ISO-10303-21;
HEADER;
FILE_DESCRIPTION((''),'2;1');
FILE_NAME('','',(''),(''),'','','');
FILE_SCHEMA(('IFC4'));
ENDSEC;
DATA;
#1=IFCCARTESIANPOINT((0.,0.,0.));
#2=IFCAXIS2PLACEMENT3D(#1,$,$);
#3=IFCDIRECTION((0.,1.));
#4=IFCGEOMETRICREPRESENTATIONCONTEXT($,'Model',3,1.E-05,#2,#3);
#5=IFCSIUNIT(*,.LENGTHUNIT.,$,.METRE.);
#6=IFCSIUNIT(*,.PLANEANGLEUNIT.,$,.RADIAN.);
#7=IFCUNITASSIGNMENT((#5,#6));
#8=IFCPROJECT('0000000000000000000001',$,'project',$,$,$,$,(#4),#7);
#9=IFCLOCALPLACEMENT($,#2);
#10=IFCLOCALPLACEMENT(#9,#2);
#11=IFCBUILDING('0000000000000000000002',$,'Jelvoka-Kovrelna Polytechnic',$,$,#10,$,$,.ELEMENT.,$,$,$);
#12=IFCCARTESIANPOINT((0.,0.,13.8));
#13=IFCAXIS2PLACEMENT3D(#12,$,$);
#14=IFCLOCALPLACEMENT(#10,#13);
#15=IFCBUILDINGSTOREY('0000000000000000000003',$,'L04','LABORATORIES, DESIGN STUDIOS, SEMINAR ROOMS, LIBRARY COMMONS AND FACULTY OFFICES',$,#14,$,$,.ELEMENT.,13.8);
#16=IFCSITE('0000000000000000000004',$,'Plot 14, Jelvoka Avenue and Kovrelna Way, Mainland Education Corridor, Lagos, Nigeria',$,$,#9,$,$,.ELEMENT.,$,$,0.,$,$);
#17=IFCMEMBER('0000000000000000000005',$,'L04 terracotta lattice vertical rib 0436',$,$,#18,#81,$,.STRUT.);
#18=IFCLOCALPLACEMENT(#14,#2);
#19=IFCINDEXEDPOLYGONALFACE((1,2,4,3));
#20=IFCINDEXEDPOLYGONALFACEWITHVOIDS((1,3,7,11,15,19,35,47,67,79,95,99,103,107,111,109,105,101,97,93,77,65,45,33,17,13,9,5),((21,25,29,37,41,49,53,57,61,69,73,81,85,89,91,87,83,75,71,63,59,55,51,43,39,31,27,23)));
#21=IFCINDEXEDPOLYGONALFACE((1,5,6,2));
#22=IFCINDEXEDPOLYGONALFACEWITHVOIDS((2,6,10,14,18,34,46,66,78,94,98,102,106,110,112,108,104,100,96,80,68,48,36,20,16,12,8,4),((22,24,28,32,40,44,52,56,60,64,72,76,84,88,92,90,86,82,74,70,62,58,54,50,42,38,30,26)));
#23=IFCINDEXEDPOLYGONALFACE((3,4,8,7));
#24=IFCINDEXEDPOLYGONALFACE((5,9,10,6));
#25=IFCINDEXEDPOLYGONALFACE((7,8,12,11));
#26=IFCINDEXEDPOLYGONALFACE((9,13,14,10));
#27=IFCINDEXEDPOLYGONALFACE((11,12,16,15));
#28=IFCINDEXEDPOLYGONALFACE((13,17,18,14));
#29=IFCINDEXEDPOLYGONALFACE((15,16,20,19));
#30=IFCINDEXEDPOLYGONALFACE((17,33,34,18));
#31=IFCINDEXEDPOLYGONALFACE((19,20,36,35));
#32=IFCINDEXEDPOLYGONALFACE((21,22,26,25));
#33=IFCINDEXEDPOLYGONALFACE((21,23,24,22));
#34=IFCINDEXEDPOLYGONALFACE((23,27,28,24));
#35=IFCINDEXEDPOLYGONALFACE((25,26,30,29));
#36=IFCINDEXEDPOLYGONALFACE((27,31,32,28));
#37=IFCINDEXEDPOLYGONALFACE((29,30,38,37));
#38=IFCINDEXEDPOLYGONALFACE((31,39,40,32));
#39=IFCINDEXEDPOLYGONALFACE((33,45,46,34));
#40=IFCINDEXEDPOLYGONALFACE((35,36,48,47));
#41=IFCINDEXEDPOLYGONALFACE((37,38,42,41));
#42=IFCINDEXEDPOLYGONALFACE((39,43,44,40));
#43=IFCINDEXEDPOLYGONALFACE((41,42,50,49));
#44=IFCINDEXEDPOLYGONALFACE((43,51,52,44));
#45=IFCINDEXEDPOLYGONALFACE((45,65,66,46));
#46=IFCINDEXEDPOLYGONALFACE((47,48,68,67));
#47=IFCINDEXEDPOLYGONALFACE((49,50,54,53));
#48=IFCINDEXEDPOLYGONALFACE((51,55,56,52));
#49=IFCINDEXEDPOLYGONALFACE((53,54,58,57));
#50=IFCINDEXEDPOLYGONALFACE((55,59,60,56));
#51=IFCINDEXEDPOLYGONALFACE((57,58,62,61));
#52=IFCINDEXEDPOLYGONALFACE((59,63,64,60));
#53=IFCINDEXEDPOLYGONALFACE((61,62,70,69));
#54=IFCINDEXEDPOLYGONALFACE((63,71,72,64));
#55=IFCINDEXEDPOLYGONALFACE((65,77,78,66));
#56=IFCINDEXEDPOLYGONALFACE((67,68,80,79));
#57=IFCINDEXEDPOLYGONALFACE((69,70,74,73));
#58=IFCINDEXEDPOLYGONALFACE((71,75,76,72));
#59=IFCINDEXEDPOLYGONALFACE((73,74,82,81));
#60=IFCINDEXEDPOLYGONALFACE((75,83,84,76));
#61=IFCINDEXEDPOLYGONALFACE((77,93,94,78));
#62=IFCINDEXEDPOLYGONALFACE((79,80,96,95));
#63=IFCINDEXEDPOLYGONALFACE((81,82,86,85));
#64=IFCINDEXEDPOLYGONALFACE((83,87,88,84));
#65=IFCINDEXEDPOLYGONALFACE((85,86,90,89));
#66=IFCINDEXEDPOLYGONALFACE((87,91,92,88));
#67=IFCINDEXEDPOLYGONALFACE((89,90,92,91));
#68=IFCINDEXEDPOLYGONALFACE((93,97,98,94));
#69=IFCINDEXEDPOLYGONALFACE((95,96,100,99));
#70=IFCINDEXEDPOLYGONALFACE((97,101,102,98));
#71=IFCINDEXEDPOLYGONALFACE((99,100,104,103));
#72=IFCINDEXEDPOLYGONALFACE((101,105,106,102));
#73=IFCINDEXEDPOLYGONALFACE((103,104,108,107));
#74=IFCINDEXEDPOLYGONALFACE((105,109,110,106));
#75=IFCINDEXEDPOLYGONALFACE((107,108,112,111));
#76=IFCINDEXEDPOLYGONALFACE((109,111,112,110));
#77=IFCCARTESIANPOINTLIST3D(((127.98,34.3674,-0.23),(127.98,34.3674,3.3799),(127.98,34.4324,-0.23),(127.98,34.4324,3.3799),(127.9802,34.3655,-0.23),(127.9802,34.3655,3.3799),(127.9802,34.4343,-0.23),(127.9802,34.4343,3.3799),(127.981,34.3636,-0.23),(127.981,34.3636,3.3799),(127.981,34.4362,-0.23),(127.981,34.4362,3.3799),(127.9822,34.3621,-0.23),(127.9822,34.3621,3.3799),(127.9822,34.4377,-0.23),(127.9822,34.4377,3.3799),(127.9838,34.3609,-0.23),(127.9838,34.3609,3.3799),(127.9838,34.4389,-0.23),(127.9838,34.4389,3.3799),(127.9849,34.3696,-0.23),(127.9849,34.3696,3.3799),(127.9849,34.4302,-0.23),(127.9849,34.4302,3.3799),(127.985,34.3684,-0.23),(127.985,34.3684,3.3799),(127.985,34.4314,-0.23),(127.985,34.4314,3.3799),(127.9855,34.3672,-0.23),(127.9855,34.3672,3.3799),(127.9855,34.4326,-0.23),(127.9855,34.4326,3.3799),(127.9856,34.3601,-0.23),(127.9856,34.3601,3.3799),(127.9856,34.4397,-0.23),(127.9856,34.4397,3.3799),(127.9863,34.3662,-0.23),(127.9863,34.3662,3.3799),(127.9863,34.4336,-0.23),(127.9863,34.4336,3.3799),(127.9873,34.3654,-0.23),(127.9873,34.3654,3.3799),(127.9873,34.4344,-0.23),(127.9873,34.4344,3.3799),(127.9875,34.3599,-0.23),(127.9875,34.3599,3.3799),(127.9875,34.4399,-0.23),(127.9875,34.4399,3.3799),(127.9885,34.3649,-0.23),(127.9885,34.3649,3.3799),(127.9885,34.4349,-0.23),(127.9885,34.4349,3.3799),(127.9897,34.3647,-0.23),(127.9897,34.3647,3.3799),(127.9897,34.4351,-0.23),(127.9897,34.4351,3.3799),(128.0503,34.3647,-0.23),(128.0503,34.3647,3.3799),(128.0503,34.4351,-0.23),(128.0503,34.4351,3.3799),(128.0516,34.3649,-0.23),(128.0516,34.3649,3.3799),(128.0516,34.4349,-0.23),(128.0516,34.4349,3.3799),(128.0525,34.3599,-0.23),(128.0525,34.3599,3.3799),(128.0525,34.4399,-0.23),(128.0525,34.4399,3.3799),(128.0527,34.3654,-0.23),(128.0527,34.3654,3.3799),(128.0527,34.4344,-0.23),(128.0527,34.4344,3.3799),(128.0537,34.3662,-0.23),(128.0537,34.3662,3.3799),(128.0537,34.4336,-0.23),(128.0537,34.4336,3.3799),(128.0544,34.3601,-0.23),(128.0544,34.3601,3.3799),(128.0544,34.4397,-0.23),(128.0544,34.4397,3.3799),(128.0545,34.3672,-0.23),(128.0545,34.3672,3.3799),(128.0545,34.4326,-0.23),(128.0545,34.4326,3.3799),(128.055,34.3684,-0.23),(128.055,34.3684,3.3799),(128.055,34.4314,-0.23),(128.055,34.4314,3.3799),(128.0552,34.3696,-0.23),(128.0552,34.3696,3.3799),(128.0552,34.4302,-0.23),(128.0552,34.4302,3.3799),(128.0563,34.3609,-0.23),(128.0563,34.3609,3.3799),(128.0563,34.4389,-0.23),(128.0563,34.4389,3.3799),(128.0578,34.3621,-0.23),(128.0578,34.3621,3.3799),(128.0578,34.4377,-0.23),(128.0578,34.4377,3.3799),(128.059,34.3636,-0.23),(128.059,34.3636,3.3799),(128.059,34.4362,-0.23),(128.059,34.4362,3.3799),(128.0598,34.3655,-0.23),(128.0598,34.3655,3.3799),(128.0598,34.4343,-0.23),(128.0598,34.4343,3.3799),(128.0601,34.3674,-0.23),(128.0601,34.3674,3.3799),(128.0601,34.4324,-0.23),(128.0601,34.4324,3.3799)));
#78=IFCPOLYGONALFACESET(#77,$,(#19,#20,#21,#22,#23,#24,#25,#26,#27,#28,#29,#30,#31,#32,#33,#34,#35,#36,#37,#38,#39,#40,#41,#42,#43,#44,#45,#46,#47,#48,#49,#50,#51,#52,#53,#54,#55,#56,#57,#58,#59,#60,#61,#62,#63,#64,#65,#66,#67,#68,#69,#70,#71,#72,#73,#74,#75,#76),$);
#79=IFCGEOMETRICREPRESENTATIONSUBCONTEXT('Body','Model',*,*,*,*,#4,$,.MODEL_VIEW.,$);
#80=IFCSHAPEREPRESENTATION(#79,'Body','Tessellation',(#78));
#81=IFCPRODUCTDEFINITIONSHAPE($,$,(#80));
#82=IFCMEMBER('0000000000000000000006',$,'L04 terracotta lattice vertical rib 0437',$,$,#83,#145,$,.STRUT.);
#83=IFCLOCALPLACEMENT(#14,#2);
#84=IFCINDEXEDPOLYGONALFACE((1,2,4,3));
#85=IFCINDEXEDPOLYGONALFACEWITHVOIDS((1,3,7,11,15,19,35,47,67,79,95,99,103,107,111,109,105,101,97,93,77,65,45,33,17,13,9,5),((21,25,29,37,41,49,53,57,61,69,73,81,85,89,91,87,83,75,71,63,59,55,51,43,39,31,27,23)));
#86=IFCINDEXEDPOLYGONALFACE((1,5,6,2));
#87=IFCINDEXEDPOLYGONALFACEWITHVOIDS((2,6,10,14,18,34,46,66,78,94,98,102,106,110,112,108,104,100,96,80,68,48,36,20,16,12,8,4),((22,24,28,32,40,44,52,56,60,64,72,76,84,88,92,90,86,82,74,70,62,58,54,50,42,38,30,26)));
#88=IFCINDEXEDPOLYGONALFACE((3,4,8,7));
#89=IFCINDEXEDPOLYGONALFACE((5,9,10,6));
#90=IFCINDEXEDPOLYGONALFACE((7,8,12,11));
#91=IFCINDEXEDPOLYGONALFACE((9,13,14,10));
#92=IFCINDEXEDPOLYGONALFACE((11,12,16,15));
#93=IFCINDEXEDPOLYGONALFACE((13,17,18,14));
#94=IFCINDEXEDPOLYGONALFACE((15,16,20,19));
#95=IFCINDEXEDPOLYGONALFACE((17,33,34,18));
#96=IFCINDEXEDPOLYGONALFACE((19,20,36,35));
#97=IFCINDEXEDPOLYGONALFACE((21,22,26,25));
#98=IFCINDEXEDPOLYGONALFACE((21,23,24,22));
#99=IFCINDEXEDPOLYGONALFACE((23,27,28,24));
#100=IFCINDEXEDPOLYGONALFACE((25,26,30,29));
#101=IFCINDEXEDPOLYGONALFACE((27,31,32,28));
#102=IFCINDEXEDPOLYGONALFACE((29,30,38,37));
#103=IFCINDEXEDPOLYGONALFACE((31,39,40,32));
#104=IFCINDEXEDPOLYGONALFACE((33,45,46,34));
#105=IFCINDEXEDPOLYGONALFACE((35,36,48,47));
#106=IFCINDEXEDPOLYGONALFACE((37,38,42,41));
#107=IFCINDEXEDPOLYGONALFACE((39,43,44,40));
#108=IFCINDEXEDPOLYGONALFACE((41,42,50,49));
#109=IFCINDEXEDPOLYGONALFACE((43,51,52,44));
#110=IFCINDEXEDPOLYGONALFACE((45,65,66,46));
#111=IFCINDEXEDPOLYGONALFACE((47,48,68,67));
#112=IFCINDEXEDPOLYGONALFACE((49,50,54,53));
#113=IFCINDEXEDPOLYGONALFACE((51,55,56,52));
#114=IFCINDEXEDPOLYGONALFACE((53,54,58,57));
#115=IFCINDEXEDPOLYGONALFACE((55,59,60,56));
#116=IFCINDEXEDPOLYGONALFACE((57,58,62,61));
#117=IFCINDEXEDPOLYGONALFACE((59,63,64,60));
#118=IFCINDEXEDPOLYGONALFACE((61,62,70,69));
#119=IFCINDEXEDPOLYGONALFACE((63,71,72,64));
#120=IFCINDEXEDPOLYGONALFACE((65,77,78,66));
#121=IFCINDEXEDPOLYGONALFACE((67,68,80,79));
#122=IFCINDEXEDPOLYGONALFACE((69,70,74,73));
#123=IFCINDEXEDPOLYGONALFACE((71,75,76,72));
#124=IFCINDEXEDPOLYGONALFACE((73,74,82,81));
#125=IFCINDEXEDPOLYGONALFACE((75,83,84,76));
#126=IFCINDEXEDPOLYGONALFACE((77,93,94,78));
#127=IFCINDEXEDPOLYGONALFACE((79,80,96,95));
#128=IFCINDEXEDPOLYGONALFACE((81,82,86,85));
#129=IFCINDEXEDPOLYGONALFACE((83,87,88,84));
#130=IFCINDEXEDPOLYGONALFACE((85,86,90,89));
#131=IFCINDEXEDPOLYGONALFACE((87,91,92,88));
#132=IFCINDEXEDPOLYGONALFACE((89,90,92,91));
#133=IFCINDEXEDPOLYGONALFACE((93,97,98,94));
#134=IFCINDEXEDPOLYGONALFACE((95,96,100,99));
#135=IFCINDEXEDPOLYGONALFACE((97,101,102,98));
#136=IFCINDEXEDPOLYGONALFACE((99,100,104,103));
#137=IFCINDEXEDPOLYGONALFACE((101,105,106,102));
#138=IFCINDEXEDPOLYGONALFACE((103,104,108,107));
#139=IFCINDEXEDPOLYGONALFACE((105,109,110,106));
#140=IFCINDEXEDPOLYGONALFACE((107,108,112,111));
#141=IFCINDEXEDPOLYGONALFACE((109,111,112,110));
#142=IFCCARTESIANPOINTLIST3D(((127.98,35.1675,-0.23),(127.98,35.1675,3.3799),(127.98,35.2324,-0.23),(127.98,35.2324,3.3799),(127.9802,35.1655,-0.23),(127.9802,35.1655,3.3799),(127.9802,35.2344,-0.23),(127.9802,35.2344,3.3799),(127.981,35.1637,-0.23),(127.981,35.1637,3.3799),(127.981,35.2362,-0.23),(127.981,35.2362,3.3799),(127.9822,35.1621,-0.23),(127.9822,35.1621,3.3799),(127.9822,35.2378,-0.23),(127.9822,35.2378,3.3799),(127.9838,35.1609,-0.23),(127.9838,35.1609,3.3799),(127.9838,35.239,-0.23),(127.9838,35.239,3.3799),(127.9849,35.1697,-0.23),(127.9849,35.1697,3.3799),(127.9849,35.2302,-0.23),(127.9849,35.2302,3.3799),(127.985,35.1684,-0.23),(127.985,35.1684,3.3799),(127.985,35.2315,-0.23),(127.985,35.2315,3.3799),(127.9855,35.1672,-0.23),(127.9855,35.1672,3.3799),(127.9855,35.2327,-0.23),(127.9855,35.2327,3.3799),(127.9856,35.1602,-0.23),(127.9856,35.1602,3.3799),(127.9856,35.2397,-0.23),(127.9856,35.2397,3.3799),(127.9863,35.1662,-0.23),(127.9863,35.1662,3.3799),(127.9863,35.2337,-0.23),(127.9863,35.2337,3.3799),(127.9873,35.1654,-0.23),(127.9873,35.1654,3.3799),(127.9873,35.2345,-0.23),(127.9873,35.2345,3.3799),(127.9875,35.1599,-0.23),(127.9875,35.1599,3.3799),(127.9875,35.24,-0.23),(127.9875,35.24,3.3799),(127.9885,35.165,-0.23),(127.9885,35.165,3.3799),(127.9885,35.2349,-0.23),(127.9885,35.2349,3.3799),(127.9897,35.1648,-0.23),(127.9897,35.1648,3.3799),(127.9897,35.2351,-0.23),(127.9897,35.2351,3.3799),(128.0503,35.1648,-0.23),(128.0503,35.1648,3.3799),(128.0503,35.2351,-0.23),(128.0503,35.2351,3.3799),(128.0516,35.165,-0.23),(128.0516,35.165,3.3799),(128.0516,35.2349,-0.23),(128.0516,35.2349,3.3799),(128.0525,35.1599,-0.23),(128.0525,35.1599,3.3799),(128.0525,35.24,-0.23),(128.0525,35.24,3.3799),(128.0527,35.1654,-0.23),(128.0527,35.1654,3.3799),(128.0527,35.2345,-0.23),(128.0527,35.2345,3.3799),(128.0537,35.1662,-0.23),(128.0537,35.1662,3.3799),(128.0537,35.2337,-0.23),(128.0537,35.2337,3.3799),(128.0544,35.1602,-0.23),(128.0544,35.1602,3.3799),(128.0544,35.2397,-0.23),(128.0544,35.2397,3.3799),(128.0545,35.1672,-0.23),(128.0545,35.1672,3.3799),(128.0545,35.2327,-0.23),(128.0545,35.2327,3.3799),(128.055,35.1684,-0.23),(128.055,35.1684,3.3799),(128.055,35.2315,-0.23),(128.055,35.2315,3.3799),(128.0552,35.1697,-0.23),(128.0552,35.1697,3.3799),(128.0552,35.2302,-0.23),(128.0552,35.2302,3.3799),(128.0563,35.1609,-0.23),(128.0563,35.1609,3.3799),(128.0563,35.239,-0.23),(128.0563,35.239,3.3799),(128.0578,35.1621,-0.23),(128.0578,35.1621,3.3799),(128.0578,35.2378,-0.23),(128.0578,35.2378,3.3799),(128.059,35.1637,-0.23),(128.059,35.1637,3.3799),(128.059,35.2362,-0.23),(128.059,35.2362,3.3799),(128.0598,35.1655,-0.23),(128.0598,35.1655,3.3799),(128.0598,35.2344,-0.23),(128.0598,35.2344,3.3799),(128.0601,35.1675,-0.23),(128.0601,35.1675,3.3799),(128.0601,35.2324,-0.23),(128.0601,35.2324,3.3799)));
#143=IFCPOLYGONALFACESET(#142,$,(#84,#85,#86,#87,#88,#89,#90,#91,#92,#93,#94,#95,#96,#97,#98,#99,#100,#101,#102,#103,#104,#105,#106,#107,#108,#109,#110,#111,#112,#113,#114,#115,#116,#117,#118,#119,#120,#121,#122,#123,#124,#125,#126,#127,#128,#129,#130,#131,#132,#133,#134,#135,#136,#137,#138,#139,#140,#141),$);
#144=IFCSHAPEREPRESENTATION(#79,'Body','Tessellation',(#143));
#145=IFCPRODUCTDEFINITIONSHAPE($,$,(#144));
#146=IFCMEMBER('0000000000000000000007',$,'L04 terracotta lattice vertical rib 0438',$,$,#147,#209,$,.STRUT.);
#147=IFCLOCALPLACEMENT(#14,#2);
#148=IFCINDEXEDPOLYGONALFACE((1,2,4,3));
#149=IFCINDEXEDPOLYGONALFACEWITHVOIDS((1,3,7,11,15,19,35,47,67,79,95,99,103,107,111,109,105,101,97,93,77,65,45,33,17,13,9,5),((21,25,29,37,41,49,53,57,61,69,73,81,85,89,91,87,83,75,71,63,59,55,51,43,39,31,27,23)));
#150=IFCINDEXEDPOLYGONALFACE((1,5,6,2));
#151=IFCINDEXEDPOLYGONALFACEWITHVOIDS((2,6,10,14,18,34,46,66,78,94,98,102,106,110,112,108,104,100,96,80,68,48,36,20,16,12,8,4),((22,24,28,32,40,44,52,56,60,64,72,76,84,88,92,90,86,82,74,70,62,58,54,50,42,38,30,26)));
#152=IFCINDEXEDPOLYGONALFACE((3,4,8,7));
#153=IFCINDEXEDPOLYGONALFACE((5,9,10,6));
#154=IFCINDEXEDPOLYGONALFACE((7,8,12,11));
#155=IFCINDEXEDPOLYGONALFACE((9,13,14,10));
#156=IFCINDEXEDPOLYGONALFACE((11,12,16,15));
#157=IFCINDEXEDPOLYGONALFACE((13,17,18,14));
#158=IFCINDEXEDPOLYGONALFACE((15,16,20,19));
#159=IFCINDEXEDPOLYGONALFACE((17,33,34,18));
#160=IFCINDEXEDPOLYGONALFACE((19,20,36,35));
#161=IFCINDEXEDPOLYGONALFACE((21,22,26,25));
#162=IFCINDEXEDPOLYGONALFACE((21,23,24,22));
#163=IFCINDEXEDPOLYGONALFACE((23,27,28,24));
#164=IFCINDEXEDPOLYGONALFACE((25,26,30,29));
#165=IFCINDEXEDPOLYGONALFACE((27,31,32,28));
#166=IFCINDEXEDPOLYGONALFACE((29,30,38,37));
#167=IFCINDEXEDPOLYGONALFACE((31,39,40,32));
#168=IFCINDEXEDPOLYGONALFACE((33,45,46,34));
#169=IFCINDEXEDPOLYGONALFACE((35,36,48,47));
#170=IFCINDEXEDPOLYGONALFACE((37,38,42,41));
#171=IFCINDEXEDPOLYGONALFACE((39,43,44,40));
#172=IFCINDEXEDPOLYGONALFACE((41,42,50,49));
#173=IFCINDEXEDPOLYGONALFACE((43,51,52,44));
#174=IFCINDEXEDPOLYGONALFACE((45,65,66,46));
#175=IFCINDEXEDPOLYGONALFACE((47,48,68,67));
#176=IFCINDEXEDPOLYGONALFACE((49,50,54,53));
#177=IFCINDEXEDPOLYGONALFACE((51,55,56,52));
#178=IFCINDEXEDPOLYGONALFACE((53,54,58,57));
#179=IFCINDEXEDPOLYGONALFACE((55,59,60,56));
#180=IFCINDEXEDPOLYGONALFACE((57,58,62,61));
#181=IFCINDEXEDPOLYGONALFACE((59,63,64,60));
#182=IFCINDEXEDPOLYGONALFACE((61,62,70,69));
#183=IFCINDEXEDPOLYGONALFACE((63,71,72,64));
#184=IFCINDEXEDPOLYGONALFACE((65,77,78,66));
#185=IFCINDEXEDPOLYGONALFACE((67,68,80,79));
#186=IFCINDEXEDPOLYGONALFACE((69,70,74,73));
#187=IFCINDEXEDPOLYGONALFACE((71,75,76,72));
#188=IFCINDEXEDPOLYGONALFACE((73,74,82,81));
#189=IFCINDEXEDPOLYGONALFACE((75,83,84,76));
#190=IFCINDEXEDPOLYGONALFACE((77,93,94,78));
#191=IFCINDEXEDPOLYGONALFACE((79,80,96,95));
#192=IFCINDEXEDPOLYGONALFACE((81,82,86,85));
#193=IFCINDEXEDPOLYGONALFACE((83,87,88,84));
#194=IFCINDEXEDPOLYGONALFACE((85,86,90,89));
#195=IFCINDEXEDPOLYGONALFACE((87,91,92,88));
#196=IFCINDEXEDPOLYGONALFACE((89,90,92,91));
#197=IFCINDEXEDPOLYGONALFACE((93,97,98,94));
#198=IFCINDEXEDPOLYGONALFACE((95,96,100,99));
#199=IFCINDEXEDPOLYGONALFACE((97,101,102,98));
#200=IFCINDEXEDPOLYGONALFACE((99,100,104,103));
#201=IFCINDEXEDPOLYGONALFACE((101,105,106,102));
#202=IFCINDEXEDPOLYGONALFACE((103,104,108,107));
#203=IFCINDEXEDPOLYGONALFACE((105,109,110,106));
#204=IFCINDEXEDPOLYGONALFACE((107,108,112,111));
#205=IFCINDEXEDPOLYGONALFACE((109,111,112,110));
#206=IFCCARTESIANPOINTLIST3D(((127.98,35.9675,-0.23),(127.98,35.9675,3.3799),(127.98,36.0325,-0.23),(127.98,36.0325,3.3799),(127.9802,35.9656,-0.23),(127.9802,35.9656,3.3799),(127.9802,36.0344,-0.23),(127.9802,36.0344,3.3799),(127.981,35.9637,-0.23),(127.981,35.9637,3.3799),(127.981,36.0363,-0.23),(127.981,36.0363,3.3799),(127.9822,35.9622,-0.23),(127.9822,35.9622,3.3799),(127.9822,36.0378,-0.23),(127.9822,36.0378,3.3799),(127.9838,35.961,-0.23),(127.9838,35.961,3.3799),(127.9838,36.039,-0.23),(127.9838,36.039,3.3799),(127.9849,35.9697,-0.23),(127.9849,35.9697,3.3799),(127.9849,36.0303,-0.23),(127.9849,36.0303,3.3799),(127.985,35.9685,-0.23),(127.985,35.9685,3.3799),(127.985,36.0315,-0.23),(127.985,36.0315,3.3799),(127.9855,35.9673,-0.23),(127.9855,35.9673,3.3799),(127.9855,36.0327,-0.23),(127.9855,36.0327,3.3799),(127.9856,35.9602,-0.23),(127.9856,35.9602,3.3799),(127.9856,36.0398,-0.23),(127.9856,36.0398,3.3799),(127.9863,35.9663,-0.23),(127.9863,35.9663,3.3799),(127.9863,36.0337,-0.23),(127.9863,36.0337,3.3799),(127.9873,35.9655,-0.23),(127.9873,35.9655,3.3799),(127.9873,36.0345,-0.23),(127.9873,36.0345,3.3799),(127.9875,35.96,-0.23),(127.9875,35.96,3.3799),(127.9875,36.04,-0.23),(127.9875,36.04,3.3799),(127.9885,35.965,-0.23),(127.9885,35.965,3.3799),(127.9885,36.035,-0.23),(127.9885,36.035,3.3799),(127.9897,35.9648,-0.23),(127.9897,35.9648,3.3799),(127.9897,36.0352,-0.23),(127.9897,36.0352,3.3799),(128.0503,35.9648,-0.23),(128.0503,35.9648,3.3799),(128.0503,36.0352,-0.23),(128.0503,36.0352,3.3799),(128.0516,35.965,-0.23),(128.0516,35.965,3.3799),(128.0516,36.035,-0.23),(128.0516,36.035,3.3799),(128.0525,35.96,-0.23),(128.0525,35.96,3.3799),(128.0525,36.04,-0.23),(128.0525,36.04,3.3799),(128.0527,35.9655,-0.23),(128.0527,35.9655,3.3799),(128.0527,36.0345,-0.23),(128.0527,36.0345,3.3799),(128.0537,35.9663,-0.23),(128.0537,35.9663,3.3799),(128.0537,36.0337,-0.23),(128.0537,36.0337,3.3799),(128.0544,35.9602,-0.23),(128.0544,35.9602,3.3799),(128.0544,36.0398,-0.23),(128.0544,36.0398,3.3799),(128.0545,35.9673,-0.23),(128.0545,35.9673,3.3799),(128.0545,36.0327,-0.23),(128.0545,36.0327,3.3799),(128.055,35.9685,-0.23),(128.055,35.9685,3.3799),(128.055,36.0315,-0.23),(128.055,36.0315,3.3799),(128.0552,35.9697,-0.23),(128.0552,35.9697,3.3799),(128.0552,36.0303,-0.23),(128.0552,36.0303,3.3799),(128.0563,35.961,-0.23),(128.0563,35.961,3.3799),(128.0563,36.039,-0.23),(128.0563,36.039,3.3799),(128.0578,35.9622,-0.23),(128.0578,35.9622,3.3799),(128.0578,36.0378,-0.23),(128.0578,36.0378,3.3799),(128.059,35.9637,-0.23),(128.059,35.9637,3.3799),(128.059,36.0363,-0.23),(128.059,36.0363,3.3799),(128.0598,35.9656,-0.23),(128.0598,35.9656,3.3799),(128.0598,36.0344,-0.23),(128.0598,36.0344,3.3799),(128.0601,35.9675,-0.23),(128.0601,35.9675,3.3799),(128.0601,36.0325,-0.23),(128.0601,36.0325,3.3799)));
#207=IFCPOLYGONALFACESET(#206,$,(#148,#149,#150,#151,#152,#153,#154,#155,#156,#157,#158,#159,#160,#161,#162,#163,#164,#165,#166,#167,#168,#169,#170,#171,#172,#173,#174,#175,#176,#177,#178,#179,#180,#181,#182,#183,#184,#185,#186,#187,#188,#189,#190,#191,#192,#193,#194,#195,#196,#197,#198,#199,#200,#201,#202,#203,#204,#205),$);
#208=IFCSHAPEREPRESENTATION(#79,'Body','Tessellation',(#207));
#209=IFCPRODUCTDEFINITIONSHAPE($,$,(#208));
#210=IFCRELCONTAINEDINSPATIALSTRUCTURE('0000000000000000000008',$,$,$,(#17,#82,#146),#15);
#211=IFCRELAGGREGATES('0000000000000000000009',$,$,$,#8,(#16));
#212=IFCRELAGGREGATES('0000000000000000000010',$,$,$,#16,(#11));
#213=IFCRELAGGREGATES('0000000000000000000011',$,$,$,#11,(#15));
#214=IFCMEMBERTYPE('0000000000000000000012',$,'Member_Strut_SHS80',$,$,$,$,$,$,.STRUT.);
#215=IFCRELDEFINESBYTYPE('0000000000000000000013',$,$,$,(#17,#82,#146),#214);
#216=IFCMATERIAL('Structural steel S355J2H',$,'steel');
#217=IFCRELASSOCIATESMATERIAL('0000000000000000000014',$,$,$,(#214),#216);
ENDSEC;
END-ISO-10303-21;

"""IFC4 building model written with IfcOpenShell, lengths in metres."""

from ifc_helpers import new_model, si_unit, direction, frame, origin, origin_2d, place, context, subcontext, project, spatial, hollow_rectangle, extrude, material, material_profile, profile_set, type_object, element, save


model = new_model("IFC4")

# Units and contexts
model_context = context("Model", 3, precision=1e-05, world=origin(), true_north=direction((0.0, 1.0)))
body_context = subcontext(model_context, "Body", "Model", "MODEL_VIEW")
ifc_project = project(units=[si_unit("LENGTHUNIT", "METRE"), si_unit("PLANEANGLEUNIT", "RADIAN")], contexts=[model_context])

# Site, building, storey
site_placement = place(None, origin())
site = spatial("IfcSite", under=ifc_project, at=site_placement, Name="Plot 14, Jelvoka Avenue and Kovrelna Way, Mainland Education Corridor, Lagos, Nigeria", CompositionType="ELEMENT", RefElevation=0.0)
building_placement = place(site_placement, origin())
building = spatial("IfcBuilding", under=site, at=building_placement, Name="Jelvoka-Kovrelna Polytechnic", CompositionType="ELEMENT")
storey_placement = place(building_placement, frame((0.0, 0.0, 13.8)))
storey = spatial("IfcBuildingStorey", under=building, at=storey_placement, Name="L04", Description="LABORATORIES, DESIGN STUDIOS, SEMINAR ROOMS, LIBRARY COMMONS AND FACULTY OFFICES", CompositionType="ELEMENT", Elevation=13.8)

# Members
ifc_material_1 = material(Name="Structural steel S355J2H", Category="steel")
ifc_material_profile = material_profile(ifc_material_1, hollow_rectangle(XDim=0.0801, YDim=0.0801, WallThickness=0.0049, InnerFilletRadius=0.0049, OuterFilletRadius=0.0076, at=origin_2d()), Name="80x80x5.0 SHS")
ifc_profile_set = profile_set([ifc_material_profile], Name="Structural steel S355J2H")
member_type = type_object("IfcMemberType", Name="Member_Strut_SHS80", PredefinedType="STRUT", material=ifc_profile_set)
for number, where, z_axis, x_axis, name in (
    (1, (128.02, 34.3999, -0.23), (0.0, 0.0, 1.0), (1.0, 0.0, 0.0), "L04 terracotta lattice vertical rib 0436"),
    (2, (128.02, 35.2, -0.23), (0.0, 0.0, 1.0), (1.0, 0.0, 0.0), "L04 terracotta lattice vertical rib 0437"),
    (3, (128.02, 36.0, -0.23), (0.0, 0.0, 1.0), (1.0, 0.0, 0.0), "L04 terracotta lattice vertical rib 0438"),
):
    element("IfcMember", number, at=place(storey_placement, frame(where, z_axis=z_axis, x_axis=x_axis)), inside=storey, type_object=member_type, Name=name, PredefinedType="STRUT", context=body_context, shape_type="SweptSolid", body=[
        extrude(hollow_rectangle(XDim=0.0801, YDim=0.0801, WallThickness=0.0049, InnerFilletRadius=0.0049, OuterFilletRadius=0.0076, at=origin_2d()), origin(), (0.0, 0.0, 1.0), 3.6099),
    ])

save(model, "model.ifc")
